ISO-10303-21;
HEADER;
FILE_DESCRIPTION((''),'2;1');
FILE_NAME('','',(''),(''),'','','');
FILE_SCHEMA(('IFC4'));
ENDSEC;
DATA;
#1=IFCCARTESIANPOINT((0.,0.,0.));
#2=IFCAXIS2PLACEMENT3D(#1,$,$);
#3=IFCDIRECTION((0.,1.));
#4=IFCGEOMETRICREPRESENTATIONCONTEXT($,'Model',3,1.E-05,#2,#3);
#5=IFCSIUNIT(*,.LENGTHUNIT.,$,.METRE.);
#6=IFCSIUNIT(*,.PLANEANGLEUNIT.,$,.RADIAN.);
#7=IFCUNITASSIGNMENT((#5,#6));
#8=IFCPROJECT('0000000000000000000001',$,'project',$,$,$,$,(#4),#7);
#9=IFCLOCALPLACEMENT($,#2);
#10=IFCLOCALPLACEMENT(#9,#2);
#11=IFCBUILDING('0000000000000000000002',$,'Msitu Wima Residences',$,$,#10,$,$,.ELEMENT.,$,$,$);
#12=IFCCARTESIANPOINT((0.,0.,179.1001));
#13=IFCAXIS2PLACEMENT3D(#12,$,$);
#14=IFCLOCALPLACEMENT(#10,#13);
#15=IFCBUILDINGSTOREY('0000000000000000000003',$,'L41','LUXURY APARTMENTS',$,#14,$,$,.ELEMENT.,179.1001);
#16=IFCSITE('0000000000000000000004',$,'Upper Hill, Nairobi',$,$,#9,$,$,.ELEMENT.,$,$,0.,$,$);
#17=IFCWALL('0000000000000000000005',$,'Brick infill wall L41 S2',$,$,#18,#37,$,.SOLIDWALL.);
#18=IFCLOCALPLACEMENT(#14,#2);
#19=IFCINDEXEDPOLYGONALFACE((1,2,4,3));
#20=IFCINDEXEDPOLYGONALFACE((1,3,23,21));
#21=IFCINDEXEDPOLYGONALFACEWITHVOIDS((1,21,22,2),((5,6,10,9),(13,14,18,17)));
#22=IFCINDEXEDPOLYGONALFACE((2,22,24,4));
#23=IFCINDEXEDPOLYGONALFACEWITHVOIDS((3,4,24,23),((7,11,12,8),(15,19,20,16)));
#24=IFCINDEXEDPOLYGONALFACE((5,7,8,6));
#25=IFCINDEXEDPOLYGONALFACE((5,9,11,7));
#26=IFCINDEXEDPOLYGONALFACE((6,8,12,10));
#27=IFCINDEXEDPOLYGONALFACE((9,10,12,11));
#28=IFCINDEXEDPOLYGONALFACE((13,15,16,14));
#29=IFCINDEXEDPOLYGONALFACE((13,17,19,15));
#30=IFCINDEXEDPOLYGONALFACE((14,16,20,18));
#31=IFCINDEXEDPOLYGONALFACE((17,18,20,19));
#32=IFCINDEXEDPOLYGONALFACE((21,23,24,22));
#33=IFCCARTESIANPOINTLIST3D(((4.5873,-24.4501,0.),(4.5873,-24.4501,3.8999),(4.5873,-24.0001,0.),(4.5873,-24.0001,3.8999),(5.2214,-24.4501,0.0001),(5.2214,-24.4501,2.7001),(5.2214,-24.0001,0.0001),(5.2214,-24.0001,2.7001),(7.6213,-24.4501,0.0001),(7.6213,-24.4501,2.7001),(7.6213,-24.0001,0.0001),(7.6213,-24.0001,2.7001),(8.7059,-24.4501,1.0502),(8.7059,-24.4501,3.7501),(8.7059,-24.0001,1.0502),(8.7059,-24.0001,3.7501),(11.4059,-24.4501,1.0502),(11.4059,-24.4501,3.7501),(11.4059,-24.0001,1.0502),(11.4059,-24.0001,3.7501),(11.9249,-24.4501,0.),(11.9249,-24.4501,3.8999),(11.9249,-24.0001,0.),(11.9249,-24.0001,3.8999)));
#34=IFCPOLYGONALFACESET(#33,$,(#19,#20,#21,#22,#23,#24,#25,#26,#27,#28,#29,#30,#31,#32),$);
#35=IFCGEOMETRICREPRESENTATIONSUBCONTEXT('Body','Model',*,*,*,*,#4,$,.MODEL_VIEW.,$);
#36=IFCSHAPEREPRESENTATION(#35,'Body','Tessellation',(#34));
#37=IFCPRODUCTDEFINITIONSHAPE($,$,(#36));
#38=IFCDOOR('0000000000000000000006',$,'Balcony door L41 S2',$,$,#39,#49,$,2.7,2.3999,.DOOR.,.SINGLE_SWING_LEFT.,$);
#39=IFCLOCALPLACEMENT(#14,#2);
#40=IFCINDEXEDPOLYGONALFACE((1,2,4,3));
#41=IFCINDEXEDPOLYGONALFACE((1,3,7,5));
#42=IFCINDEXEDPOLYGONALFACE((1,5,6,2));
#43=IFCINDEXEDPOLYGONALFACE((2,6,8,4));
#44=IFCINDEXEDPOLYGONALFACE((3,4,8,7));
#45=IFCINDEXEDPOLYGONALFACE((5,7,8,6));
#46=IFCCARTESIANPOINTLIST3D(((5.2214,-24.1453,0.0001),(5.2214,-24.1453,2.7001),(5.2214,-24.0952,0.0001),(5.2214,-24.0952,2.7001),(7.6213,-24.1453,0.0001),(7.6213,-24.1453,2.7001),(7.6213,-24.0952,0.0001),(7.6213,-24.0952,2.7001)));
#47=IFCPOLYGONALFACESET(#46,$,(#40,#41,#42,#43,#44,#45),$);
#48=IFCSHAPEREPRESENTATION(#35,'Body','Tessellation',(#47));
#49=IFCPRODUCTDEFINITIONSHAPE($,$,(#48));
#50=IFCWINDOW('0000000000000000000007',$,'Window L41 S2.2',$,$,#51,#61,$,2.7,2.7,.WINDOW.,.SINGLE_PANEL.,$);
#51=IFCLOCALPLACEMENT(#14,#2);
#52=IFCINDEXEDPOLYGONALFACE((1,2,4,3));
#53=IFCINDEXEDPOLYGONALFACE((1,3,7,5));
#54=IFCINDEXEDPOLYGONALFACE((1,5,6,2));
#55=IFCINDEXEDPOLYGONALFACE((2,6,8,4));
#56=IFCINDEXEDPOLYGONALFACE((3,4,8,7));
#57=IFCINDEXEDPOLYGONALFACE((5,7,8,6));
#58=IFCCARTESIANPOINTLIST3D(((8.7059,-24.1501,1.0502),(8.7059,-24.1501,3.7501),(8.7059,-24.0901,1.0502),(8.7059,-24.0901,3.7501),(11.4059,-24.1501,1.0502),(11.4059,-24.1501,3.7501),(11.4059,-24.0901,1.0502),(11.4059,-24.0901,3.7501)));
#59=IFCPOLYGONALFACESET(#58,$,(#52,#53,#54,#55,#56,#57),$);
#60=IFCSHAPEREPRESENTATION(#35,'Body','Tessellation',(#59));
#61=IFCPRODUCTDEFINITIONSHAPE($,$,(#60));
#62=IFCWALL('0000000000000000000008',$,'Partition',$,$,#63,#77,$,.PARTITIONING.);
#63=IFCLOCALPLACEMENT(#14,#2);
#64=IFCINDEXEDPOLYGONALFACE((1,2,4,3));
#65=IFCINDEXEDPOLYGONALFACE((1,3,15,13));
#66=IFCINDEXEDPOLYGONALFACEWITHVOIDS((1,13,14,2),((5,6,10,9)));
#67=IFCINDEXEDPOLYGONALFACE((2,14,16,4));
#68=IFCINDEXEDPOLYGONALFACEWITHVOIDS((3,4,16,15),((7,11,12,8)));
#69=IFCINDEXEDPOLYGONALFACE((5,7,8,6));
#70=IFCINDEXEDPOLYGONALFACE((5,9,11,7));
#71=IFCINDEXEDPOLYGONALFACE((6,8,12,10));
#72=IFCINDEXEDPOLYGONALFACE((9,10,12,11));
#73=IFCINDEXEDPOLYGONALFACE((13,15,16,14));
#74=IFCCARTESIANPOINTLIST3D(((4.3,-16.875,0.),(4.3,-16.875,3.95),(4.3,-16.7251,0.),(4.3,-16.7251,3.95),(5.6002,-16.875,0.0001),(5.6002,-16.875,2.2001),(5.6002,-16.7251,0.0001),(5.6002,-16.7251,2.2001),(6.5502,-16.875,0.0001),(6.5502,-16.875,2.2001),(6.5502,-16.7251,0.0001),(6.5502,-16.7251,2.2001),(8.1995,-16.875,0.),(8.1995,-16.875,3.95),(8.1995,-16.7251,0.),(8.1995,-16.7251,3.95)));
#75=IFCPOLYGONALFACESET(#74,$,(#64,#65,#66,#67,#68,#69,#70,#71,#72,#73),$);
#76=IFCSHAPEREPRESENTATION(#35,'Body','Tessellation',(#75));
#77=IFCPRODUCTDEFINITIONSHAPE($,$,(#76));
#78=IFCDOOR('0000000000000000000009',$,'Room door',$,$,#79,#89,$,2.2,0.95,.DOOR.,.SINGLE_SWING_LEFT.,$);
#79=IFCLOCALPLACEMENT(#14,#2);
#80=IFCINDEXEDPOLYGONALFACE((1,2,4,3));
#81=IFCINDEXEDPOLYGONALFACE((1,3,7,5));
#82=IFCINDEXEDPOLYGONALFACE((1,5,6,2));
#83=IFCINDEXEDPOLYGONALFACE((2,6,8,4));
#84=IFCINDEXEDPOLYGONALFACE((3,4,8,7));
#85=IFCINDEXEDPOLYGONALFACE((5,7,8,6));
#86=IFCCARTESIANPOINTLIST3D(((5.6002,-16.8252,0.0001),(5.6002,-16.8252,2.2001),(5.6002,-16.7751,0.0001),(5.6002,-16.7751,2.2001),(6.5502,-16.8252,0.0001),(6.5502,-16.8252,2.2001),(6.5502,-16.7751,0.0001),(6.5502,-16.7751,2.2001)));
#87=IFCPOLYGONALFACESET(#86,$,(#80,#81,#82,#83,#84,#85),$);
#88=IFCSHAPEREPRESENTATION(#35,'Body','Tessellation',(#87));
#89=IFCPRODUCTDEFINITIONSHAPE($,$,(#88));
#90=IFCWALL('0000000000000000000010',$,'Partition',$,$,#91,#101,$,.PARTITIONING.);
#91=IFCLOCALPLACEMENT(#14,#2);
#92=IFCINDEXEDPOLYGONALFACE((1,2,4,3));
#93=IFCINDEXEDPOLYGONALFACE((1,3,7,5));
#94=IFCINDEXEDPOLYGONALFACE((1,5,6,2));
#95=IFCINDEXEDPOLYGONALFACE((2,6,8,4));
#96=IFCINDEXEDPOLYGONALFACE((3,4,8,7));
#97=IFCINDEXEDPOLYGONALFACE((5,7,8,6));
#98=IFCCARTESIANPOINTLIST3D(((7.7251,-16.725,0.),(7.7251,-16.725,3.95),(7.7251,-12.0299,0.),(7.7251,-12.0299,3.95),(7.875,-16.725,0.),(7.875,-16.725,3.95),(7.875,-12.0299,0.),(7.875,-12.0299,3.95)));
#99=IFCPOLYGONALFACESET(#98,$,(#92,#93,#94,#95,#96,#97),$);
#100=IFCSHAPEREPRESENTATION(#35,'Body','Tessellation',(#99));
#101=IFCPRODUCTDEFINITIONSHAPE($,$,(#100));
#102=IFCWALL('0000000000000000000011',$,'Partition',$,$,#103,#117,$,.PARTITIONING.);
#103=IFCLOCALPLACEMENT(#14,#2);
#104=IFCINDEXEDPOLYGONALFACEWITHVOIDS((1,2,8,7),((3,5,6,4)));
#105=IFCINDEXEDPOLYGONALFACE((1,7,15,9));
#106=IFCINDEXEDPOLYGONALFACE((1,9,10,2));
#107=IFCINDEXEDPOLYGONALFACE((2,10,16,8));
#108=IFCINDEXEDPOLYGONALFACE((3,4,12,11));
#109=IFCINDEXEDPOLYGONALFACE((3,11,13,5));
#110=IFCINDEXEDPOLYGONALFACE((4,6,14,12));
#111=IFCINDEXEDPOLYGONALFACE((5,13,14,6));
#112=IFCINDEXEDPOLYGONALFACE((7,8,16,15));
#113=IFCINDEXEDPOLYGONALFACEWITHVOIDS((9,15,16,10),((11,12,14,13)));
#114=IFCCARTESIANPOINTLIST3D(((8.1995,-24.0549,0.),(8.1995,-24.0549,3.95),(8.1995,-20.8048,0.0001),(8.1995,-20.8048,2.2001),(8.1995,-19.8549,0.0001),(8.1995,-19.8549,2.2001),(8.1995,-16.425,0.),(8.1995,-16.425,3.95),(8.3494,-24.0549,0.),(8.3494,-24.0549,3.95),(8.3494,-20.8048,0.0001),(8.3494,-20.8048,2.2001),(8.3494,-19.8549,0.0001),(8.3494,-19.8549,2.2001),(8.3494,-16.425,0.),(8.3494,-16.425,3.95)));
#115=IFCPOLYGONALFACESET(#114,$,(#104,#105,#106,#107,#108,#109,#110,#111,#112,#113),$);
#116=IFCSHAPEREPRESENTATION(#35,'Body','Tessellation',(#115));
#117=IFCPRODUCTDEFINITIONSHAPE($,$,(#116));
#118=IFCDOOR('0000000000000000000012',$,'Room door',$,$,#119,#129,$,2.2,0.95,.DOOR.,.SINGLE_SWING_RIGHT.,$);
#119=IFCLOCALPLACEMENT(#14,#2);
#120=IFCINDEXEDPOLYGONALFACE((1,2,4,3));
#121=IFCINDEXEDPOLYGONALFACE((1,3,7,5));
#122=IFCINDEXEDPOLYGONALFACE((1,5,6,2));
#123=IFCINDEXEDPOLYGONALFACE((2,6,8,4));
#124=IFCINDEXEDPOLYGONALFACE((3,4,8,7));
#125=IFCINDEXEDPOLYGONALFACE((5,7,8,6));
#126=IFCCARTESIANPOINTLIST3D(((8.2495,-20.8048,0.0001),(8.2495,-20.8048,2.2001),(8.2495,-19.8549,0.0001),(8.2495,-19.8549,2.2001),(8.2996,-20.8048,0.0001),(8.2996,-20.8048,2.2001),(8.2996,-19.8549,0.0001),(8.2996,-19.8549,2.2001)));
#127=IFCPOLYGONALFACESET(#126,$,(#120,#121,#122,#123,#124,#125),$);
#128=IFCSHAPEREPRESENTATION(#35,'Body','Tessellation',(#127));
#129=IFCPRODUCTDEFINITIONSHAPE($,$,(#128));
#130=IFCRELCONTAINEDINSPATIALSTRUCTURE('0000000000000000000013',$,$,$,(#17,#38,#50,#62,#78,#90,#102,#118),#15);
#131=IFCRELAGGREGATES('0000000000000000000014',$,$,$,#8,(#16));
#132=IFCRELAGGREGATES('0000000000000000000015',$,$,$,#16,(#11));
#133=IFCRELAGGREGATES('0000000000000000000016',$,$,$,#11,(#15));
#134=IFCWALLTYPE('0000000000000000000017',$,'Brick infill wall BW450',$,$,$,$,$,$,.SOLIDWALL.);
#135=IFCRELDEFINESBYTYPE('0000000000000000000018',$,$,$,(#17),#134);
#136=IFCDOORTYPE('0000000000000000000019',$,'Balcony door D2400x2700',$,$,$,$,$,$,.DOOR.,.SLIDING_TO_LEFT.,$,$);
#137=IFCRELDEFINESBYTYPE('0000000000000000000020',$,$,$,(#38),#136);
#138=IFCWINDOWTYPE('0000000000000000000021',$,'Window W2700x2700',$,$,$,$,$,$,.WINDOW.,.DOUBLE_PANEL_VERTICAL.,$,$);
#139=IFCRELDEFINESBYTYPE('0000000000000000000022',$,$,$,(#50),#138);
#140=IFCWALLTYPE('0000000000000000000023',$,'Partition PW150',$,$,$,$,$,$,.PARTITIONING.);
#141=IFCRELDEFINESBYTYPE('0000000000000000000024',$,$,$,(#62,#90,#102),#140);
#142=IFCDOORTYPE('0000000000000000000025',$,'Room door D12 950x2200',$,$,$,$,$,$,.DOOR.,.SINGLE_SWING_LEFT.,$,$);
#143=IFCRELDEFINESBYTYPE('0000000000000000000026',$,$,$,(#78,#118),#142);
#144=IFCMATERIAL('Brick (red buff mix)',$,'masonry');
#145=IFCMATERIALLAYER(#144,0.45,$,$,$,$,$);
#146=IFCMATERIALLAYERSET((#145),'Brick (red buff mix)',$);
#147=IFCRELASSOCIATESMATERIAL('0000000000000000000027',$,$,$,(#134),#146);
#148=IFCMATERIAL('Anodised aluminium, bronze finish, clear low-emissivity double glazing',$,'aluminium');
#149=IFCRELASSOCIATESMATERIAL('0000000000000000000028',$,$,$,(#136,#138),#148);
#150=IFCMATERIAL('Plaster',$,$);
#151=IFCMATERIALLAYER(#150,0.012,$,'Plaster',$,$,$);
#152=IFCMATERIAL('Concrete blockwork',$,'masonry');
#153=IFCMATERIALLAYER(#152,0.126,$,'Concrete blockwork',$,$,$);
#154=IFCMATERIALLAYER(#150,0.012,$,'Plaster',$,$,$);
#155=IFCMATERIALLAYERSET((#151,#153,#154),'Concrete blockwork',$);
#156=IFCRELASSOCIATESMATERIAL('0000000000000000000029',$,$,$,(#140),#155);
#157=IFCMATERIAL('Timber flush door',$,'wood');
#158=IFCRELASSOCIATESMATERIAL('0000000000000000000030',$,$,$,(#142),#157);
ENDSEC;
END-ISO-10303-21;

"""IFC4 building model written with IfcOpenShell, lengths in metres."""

from ifc_helpers import new_model, si_unit, direction, frame, frame_2d, origin, place, context, subcontext, project, spatial, rectangle, extrude, material, layer, layer_set, type_object, element, fill, save


model = new_model("IFC4")

# Units and contexts
model_context = context("Model", 3, precision=1e-05, world=origin(), true_north=direction((0.0, 1.0)))
body_context = subcontext(model_context, "Body", "Model", "MODEL_VIEW")
ifc_project = project(units=[si_unit("LENGTHUNIT", "METRE"), si_unit("PLANEANGLEUNIT", "RADIAN")], contexts=[model_context])

# Site, building, storey
site_placement = place(None, origin())
site = spatial("IfcSite", under=ifc_project, at=site_placement, Name="Upper Hill, Nairobi", CompositionType="ELEMENT", RefElevation=0.0)
building_placement = place(site_placement, origin())
building = spatial("IfcBuilding", under=site, at=building_placement, Name="Msitu Wima Residences", CompositionType="ELEMENT")
storey_placement = place(building_placement, frame((0.0, 0.0, 179.1001)))
storey = spatial("IfcBuildingStorey", under=building, at=storey_placement, Name="L41", Description="LUXURY APARTMENTS", CompositionType="ELEMENT", Elevation=179.1001)

# Wall, openings, door, window
ifc_material_1 = material(Name="Brick (red buff mix)", Category="masonry")
ifc_layer_1 = layer(ifc_material_1, 0.45)
ifc_layer_set_1 = layer_set([ifc_layer_1], Name="Brick (red buff mix)")
wall_type_1 = type_object("IfcWallType", Name="Brick infill wall BW450", PredefinedType="SOLIDWALL", material=ifc_layer_set_1)
wall_1_placement = place(storey_placement, frame((4.5872, -24.2251, 0.0), z_axis=(0.0, 0.0, 1.0), x_axis=(1.0, 0.0, 0.0)))
wall_1 = element("IfcWall", 1, at=wall_1_placement, inside=storey, type_object=wall_type_1, Name="Brick infill wall L41 S2", PredefinedType="SOLIDWALL", context=body_context, shape_type="SweptSolid", body=[
    extrude(rectangle(XDim=7.3376, YDim=0.45, at=frame_2d((3.6689, 0.0))), origin(), (0.0, 0.0, 1.0), 3.8999),
])
opening_1_placement = place(wall_1_placement, frame((0.6343, 0.0, 0.0)))
opening_1 = element("IfcOpeningElement", 2, at=opening_1_placement, cuts=wall_1, PredefinedType="OPENING", context=body_context, shape_type="SweptSolid", body=[
    extrude(rectangle(XDim=2.3999, YDim=2.7, at=frame_2d((1.2, 1.3501))), frame((0.0, 0.2349, 0.0), z_axis=(0.0, -1.0, 0.0), x_axis=(1.0, 0.0, 0.0)), (0.0, 0.0, 1.0), 0.47),
])
opening_2_placement = place(wall_1_placement, frame((4.1187, 0.0, 1.05)))
opening_2 = element("IfcOpeningElement", 3, at=opening_2_placement, cuts=wall_1, PredefinedType="OPENING", context=body_context, shape_type="SweptSolid", body=[
    extrude(rectangle(XDim=2.7, YDim=2.7, at=frame_2d((1.3501, 1.3501))), frame((0.0, 0.2349, 0.0), z_axis=(0.0, -1.0, 0.0), x_axis=(1.0, 0.0, 0.0)), (0.0, 0.0, 1.0), 0.47),
])
ifc_material_2 = material(Name="Anodised aluminium, bronze finish, clear low-emissivity double glazing", Category="aluminium")
door_type_1 = type_object("IfcDoorType", Name="Balcony door D2400x2700", OperationType="SLIDING_TO_LEFT", PredefinedType="DOOR", material=ifc_material_2)
door_1_placement = place(opening_1_placement, origin())
door_1 = element("IfcDoor", 4, at=door_1_placement, inside=storey, type_object=door_type_1, Name="Balcony door L41 S2", OperationType="SINGLE_SWING_LEFT", OverallHeight=2.7, OverallWidth=2.3999, PredefinedType="DOOR", context=body_context, shape_type="SweptSolid", body=[
    extrude(rectangle(XDim=2.3999, YDim=2.7, at=frame_2d((1.2, 1.3501))), frame((0.0, 0.1299, 0.0), z_axis=(0.0, -1.0, 0.0), x_axis=(1.0, 0.0, 0.0)), (0.0, 0.0, 1.0), 0.05),
])
fill(opening_1, door_1)
window_type = type_object("IfcWindowType", Name="Window W2700x2700", PartitioningType="DOUBLE_PANEL_VERTICAL", PredefinedType="WINDOW", material=ifc_material_2)
window_placement = place(opening_2_placement, origin())
window = element("IfcWindow", 5, at=window_placement, inside=storey, type_object=window_type, Name="Window L41 S2.2", OverallHeight=2.7, OverallWidth=2.7, PartitioningType="SINGLE_PANEL", PredefinedType="WINDOW", context=body_context, shape_type="SweptSolid", body=[
    extrude(rectangle(XDim=2.7, YDim=2.7, at=frame_2d((1.3501, 1.3501))), frame((0.0, 0.135, 0.0), z_axis=(0.0, -1.0, 0.0), x_axis=(1.0, 0.0, 0.0)), (0.0, 0.0, 1.0), 0.0601),
])
fill(opening_2, window)

# Wall, opening, door
ifc_material_3 = material(Name="Plaster")
ifc_layer_2 = layer(ifc_material_3, 0.012, Name="Plaster")
ifc_material_4 = material(Name="Concrete blockwork", Category="masonry")
ifc_layer_3 = layer(ifc_material_4, 0.126, Name="Concrete blockwork")
ifc_layer_4 = layer(ifc_material_3, 0.012, Name="Plaster")
ifc_layer_set_2 = layer_set([ifc_layer_2, ifc_layer_3, ifc_layer_4], Name="Concrete blockwork")
wall_type_2 = type_object("IfcWallType", Name="Partition PW150", PredefinedType="PARTITIONING", material=ifc_layer_set_2)
wall_2_placement = place(storey_placement, frame((4.3, -16.8, 0.0), z_axis=(0.0, 0.0, 1.0), x_axis=(1.0, 0.0, 0.0)))
wall_2 = element("IfcWall", 6, at=wall_2_placement, inside=storey, type_object=wall_type_2, Name="Partition", PredefinedType="PARTITIONING", context=body_context, shape_type="SweptSolid", body=[
    extrude(rectangle(XDim=3.8994, YDim=0.1499, at=frame_2d((1.9497, 0.0))), origin(), (0.0, 0.0, 1.0), 3.95),
])
opening_3_placement = place(wall_2_placement, frame((1.3, 0.0, 0.0)))
opening_3 = element("IfcOpeningElement", 7, at=opening_3_placement, cuts=wall_2, PredefinedType="OPENING", context=body_context, shape_type="SweptSolid", body=[
    extrude(rectangle(XDim=0.95, YDim=2.2, at=frame_2d((0.4751, 1.1001))), frame((0.0, 0.085, 0.0), z_axis=(0.0, -1.0, 0.0), x_axis=(1.0, 0.0, 0.0)), (0.0, 0.0, 1.0), 0.1699),
])
ifc_material_5 = material(Name="Timber flush door", Category="wood")
door_type_2 = type_object("IfcDoorType", Name="Room door D12 950x2200", OperationType="SINGLE_SWING_LEFT", PredefinedType="DOOR", material=ifc_material_5)
door_2_placement = place(opening_3_placement, origin())
door_2 = element("IfcDoor", 8, at=door_2_placement, inside=storey, type_object=door_type_2, Name="Room door", OperationType="SINGLE_SWING_LEFT", OverallHeight=2.2, OverallWidth=0.95, PredefinedType="DOOR", context=body_context, shape_type="SweptSolid", body=[
    extrude(rectangle(XDim=0.95, YDim=2.2, at=frame_2d((0.4751, 1.1001))), frame((0.0, 0.0249, 0.0), z_axis=(0.0, -1.0, 0.0), x_axis=(1.0, 0.0, 0.0)), (0.0, 0.0, 1.0), 0.05),
])
fill(opening_3, door_2)

# Wall
wall_3_placement = place(storey_placement, frame((7.8, -16.7251, 0.0), z_axis=(0.0, 0.0, 1.0), x_axis=(0.0, 1.0, 0.0)))
element("IfcWall", 9, at=wall_3_placement, inside=storey, type_object=wall_type_2, Name="Partition", PredefinedType="PARTITIONING", context=body_context, shape_type="SweptSolid", body=[
    extrude(rectangle(XDim=4.6951, YDim=0.1499, at=frame_2d((2.3477, 0.0))), origin(), (0.0, 0.0, 1.0), 3.95),
])

# Wall, opening, door
wall_4_placement = place(storey_placement, frame((8.2744, -24.0549, 0.0), z_axis=(0.0, 0.0, 1.0), x_axis=(0.0, 1.0, 0.0)))
wall_4 = element("IfcWall", 10, at=wall_4_placement, inside=storey, type_object=wall_type_2, Name="Partition", PredefinedType="PARTITIONING", context=body_context, shape_type="SweptSolid", body=[
    extrude(rectangle(XDim=7.6299, YDim=0.1499, at=frame_2d((3.8149, 0.0))), origin(), (0.0, 0.0, 1.0), 3.95),
])
opening_4_placement = place(wall_4_placement, frame((3.25, 0.0, 0.0)))
opening_4 = element("IfcOpeningElement", 11, at=opening_4_placement, cuts=wall_4, PredefinedType="OPENING", context=body_context, shape_type="SweptSolid", body=[
    extrude(rectangle(XDim=0.95, YDim=2.2, at=frame_2d((0.4751, 1.1001))), frame((0.0, 0.085, 0.0), z_axis=(0.0, -1.0, 0.0), x_axis=(1.0, 0.0, 0.0)), (0.0, 0.0, 1.0), 0.1699),
])
door_3_placement = place(opening_4_placement, origin())
door_3 = element("IfcDoor", 12, at=door_3_placement, inside=storey, type_object=door_type_2, Name="Room door", OperationType="SINGLE_SWING_RIGHT", OverallHeight=2.2, OverallWidth=0.95, PredefinedType="DOOR", context=body_context, shape_type="SweptSolid", body=[
    extrude(rectangle(XDim=0.95, YDim=2.2, at=frame_2d((0.4751, 1.1001))), frame((0.0, 0.0249, 0.0), z_axis=(0.0, -1.0, 0.0), x_axis=(1.0, 0.0, 0.0)), (0.0, 0.0, 1.0), 0.05),
])
fill(opening_4, door_3)

save(model, "model.ifc")
